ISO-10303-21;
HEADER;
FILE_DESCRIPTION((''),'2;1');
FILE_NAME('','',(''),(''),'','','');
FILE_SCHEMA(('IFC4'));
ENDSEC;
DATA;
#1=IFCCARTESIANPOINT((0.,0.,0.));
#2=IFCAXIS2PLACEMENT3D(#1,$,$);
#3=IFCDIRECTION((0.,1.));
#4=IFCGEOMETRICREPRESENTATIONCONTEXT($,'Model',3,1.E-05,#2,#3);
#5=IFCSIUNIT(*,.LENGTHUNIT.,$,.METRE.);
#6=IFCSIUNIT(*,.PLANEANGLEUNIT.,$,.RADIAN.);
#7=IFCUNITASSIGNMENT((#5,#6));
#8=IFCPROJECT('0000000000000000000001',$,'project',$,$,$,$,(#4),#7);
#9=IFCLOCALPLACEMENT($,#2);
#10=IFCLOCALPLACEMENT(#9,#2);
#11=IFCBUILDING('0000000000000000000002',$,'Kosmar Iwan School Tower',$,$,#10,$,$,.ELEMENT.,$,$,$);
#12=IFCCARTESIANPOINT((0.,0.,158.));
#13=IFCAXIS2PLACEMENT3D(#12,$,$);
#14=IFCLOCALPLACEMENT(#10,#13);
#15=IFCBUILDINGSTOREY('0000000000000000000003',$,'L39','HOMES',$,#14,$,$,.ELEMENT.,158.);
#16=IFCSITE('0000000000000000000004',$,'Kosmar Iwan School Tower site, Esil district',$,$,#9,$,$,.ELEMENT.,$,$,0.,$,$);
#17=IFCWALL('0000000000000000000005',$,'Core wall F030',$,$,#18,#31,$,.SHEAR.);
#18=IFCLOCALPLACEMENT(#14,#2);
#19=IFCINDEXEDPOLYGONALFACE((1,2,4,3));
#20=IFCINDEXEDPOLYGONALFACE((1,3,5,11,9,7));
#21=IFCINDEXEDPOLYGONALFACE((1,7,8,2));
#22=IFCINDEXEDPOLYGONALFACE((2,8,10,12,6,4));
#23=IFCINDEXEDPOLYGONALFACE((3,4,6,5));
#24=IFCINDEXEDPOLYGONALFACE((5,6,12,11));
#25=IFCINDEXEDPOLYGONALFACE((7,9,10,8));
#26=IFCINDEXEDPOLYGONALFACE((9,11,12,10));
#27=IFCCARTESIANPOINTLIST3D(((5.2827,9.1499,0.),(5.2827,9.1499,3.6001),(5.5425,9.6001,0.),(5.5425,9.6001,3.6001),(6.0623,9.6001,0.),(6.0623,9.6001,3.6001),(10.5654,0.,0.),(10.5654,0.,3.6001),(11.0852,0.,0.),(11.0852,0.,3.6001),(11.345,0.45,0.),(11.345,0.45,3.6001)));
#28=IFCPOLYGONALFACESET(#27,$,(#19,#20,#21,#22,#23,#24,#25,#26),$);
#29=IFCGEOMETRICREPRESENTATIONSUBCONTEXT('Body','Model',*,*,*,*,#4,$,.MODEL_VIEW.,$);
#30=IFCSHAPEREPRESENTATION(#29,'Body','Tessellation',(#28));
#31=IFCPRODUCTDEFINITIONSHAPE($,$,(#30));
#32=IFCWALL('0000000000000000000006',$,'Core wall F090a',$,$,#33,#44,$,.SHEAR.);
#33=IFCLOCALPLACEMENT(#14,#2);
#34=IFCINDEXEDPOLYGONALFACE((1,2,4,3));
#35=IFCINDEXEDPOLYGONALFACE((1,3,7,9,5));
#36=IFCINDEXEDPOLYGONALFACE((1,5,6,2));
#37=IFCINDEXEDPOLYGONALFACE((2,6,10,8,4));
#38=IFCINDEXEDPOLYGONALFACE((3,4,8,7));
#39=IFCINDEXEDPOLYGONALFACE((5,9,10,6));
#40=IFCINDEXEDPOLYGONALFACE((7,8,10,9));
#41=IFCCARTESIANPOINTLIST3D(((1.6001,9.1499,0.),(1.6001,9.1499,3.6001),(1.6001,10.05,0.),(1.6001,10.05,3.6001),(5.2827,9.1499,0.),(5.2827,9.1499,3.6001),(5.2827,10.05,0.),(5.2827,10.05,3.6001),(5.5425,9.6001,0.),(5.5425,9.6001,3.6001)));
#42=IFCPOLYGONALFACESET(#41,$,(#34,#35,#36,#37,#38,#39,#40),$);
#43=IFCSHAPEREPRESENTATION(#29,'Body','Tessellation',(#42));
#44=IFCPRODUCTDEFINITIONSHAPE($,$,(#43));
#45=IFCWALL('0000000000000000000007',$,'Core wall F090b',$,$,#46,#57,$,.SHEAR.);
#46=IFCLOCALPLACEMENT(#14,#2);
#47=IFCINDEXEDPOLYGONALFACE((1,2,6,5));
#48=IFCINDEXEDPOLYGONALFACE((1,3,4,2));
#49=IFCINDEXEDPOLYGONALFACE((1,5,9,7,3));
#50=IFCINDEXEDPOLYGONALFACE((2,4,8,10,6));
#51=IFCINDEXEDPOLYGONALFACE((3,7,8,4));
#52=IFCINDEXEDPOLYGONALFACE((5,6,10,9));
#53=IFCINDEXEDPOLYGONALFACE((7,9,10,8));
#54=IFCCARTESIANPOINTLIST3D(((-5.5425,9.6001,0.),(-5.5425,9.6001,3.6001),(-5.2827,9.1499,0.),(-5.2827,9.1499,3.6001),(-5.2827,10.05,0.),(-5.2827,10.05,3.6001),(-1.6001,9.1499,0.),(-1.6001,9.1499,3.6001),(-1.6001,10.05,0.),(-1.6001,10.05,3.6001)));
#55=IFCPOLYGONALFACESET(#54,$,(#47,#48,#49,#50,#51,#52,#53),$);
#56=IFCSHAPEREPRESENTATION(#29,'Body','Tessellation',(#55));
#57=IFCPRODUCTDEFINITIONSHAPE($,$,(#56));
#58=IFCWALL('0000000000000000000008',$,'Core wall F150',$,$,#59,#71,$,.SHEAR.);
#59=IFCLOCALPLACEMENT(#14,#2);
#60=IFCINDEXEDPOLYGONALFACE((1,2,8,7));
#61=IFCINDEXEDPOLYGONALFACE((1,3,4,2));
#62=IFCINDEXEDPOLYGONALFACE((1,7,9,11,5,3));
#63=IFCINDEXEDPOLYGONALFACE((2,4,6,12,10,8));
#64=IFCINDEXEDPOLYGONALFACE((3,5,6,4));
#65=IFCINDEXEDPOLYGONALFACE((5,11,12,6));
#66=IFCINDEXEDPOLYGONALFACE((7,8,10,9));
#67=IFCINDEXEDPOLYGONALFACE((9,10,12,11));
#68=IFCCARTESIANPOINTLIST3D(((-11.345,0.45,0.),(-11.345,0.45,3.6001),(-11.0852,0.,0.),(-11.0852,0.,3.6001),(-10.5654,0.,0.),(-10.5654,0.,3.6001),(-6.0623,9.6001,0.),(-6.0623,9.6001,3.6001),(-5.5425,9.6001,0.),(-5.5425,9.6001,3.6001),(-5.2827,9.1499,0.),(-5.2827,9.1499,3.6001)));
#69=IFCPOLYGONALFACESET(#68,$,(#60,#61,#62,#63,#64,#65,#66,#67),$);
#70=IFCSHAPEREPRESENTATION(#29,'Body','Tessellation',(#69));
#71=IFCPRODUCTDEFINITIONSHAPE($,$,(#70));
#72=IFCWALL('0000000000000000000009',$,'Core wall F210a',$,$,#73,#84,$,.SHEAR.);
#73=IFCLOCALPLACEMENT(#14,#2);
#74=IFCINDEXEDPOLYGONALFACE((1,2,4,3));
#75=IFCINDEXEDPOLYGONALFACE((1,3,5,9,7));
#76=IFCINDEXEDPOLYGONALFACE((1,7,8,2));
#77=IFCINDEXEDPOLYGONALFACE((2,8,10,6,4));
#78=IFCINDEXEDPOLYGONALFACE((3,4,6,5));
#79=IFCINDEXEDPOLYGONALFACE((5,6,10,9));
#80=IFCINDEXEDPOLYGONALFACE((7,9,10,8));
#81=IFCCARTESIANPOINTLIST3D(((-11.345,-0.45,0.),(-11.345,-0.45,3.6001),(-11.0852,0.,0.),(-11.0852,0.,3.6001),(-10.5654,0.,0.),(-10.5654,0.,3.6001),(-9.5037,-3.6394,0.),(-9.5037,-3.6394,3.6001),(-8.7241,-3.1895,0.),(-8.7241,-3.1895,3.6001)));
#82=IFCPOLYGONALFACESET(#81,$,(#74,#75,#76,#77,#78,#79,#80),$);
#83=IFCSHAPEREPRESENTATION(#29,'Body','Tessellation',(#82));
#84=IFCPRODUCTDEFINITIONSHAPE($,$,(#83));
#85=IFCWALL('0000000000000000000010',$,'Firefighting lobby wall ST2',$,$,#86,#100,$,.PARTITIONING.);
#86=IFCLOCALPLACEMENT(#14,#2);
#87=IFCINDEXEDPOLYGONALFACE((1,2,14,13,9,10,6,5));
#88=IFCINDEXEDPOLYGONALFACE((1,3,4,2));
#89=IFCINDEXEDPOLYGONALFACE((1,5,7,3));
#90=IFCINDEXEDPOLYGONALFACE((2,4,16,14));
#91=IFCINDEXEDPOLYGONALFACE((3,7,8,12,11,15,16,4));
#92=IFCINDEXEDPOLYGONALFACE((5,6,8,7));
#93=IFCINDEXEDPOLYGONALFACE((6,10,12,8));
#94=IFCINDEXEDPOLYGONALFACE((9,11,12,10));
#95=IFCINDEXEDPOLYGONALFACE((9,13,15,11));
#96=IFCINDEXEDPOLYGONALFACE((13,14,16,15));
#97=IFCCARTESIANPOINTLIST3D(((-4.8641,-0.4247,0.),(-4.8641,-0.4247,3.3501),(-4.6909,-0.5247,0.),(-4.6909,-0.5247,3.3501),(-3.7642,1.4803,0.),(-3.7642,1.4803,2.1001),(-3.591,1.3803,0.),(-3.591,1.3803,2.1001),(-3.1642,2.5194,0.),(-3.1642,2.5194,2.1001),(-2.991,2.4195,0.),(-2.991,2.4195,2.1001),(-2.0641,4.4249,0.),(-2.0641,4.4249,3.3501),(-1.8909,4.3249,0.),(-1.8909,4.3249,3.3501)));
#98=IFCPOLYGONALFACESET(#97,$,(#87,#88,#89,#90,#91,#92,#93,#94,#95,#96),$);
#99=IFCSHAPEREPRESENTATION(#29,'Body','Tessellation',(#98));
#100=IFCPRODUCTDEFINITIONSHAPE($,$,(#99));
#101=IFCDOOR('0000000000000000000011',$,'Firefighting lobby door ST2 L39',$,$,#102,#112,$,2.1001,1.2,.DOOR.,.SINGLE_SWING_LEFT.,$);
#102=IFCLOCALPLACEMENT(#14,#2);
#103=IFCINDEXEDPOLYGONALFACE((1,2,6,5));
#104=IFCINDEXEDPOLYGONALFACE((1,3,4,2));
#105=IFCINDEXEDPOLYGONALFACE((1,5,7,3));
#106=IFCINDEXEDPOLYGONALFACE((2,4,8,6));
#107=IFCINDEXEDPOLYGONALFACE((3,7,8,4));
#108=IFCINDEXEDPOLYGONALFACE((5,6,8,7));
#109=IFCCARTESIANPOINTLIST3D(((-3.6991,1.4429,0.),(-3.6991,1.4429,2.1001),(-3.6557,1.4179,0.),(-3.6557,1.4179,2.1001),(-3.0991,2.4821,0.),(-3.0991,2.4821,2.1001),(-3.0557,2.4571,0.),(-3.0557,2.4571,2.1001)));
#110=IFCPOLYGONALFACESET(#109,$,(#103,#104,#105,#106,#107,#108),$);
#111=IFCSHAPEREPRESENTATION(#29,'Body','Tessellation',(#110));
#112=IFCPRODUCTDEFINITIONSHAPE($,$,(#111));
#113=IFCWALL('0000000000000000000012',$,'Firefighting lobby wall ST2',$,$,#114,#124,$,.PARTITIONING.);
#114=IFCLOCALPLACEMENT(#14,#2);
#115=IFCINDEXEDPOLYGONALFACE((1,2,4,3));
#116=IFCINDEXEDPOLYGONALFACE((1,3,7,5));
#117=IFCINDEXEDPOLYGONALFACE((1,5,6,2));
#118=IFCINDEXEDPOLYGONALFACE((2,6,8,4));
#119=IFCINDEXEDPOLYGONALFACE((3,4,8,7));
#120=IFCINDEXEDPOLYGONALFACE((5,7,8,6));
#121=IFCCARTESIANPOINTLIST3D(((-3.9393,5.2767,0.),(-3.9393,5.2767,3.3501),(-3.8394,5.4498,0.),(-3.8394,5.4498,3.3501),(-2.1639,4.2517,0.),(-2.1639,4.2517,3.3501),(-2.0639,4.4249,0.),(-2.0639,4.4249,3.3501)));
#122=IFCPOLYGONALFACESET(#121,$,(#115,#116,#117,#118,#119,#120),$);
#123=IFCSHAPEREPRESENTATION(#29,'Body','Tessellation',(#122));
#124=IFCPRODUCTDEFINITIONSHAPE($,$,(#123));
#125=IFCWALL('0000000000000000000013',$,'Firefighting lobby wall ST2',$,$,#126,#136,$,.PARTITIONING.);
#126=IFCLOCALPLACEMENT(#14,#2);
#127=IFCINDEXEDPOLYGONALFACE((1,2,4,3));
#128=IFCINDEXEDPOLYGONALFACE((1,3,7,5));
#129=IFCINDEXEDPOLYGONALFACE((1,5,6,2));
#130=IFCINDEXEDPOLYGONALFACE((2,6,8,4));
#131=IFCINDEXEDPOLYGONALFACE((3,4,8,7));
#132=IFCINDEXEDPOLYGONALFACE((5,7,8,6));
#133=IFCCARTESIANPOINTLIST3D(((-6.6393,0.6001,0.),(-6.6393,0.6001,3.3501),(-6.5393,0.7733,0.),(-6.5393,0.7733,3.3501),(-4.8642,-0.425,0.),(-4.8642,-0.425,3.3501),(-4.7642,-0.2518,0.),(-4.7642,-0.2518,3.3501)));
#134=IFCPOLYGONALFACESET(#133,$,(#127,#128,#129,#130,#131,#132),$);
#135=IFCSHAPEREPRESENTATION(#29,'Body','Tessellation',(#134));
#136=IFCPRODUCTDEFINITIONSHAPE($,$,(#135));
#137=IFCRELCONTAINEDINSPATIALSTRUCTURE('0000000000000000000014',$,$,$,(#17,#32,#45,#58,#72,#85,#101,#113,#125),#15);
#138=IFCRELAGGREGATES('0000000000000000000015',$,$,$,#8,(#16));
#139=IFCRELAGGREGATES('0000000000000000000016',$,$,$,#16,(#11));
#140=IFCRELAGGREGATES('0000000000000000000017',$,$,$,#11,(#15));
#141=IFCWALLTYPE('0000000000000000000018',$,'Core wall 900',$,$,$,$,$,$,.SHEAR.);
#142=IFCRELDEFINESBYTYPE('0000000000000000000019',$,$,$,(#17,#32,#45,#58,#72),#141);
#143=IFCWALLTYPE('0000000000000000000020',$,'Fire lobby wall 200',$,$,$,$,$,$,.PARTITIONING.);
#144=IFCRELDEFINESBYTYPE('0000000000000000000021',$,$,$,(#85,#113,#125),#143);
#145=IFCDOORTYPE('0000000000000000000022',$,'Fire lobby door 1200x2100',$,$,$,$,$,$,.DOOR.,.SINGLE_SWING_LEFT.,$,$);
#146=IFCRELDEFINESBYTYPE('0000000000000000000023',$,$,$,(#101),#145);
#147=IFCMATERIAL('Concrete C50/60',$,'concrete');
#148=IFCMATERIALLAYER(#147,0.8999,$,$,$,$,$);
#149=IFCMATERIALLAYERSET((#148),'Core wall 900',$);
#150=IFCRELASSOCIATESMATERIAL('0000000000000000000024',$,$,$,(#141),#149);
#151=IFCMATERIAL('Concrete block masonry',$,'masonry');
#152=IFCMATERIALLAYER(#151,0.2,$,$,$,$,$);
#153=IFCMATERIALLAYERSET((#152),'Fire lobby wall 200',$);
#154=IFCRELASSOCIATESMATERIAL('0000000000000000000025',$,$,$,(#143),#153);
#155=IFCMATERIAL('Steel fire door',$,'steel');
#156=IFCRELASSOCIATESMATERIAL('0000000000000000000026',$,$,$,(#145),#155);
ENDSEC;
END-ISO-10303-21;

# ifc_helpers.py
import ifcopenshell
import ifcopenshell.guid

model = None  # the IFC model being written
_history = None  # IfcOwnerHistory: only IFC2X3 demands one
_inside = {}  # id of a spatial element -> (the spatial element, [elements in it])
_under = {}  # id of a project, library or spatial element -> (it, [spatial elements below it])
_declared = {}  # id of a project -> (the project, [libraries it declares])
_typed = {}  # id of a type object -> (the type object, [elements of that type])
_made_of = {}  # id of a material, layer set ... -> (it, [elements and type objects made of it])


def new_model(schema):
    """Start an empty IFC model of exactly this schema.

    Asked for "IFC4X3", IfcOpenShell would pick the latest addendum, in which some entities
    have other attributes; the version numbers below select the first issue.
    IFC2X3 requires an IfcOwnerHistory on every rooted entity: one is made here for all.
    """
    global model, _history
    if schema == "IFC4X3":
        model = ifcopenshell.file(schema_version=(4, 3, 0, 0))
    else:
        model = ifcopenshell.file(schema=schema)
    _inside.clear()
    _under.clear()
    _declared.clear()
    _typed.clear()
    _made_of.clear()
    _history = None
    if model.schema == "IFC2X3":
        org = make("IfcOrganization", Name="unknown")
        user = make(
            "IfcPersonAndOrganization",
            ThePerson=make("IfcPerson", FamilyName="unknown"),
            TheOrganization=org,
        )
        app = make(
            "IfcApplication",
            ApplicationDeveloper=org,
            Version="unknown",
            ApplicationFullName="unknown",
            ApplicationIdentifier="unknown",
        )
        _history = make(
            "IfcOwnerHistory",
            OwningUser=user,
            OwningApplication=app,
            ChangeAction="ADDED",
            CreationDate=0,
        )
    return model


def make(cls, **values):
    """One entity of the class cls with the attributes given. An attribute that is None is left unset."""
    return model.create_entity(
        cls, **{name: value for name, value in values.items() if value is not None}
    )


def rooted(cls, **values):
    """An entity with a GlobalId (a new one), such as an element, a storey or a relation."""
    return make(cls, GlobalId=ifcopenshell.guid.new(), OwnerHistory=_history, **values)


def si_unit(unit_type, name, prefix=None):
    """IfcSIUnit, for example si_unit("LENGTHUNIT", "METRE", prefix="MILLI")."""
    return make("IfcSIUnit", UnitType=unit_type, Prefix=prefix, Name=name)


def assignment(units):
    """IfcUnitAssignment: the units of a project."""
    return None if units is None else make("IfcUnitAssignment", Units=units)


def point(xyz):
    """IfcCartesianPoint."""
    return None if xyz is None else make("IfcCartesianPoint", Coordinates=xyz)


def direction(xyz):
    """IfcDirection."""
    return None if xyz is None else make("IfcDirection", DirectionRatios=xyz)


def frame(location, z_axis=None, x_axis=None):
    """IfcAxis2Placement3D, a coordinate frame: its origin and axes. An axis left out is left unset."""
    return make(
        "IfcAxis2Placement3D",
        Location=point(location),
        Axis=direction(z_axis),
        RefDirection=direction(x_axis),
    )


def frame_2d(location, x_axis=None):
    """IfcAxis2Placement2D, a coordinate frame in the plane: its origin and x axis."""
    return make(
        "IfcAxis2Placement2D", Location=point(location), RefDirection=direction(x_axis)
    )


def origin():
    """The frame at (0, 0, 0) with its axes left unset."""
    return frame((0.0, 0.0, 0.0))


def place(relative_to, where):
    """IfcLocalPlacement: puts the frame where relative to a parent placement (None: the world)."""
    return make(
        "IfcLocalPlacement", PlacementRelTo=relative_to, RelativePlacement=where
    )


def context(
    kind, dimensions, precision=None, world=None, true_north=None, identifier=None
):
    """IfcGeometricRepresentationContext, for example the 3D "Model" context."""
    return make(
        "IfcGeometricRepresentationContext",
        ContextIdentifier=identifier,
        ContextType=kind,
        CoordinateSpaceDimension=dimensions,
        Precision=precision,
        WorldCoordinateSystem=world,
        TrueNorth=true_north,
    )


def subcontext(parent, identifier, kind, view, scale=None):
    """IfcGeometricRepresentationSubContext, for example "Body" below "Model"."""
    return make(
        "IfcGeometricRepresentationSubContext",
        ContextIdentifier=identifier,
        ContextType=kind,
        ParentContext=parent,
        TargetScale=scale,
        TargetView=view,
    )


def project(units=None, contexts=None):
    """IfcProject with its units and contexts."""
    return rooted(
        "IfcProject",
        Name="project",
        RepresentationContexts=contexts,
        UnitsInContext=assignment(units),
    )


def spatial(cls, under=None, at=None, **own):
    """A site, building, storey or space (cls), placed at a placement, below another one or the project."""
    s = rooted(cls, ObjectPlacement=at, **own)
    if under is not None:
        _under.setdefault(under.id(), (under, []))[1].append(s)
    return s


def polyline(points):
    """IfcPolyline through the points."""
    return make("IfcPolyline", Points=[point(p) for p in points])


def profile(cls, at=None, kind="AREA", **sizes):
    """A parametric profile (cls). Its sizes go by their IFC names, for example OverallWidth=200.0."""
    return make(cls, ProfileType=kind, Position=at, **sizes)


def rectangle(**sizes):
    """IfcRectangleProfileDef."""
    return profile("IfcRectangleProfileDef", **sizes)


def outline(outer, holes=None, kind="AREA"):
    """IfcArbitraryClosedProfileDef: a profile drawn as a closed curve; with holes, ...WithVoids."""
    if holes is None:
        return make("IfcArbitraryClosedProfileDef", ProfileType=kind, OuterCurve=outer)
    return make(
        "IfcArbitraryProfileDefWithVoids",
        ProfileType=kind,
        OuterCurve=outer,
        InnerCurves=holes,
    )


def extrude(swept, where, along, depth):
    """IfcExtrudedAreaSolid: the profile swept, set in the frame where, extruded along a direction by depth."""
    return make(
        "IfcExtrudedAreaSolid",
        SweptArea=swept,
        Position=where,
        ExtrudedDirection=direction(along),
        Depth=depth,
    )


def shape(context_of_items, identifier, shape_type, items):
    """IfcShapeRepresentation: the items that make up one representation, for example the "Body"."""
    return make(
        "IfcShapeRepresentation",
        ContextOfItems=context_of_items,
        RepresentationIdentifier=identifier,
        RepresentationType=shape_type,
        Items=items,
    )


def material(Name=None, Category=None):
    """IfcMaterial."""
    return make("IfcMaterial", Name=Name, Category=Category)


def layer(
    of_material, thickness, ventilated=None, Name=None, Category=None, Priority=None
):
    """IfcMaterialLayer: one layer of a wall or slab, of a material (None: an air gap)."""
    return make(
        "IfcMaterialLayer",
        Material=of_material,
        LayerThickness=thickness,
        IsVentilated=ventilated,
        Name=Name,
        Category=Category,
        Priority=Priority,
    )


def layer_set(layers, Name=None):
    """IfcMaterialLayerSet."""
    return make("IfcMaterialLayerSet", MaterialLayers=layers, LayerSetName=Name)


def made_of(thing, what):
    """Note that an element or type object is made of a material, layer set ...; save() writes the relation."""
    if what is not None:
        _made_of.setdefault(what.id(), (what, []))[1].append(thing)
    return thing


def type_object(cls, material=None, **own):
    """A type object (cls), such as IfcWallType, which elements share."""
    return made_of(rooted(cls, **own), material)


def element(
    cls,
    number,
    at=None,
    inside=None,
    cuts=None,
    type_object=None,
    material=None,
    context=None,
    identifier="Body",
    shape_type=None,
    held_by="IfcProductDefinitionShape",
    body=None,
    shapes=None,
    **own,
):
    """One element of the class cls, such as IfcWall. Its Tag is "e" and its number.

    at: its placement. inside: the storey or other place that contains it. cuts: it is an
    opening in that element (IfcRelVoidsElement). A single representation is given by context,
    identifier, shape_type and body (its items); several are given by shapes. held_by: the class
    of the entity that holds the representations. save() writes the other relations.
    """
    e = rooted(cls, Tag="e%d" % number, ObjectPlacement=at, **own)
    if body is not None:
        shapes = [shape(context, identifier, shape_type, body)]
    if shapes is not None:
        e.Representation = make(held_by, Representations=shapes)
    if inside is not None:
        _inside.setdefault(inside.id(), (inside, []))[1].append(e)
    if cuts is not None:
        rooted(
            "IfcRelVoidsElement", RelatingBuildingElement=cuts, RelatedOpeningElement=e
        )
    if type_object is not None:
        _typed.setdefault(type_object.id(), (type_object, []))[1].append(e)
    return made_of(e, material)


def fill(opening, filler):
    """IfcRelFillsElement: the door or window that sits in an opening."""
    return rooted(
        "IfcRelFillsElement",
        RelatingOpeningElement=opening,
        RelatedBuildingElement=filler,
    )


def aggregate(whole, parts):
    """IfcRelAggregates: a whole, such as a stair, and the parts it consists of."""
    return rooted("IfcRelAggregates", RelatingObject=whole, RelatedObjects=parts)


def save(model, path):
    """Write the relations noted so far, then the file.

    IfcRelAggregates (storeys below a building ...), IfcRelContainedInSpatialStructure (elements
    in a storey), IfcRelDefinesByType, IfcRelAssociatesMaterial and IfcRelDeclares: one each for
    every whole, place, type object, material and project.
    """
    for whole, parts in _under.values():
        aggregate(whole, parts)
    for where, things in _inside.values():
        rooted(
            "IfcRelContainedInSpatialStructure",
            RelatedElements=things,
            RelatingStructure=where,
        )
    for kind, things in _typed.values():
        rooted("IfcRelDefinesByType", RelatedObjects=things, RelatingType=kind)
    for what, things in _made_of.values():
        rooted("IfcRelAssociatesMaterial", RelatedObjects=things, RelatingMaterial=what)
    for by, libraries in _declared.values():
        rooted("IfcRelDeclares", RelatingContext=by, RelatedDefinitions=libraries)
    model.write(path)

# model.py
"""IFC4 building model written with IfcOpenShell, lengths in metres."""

from ifc_helpers import new_model, si_unit, direction, frame, frame_2d, origin, place, context, subcontext, project, spatial, polyline, rectangle, outline, extrude, material, layer, layer_set, type_object, element, fill, save


model = new_model("IFC4")

# Units and contexts
model_context = context("Model", 3, precision=1e-05, world=origin(), true_north=direction((0.0, 1.0)))
body_context = subcontext(model_context, "Body", "Model", "MODEL_VIEW")
ifc_project = project(units=[si_unit("LENGTHUNIT", "METRE"), si_unit("PLANEANGLEUNIT", "RADIAN")], contexts=[model_context])

# Site, building, storey
site_placement = place(None, origin())
site = spatial("IfcSite", under=ifc_project, at=site_placement, Name="Kosmar Iwan School Tower site, Esil district", CompositionType="ELEMENT", RefElevation=0.0)
building_placement = place(site_placement, origin())
building = spatial("IfcBuilding", under=site, at=building_placement, Name="Kosmar Iwan School Tower", CompositionType="ELEMENT")
storey_placement = place(building_placement, frame((0.0, 0.0, 158.0)))
storey = spatial("IfcBuildingStorey", under=building, at=storey_placement, Name="L39", Description="HOMES", CompositionType="ELEMENT", Elevation=158.0)

# Walls
ifc_material_1 = material(Name="Concrete C50/60", Category="concrete")
ifc_layer_1 = layer(ifc_material_1, 0.8999)
ifc_layer_set_1 = layer_set([ifc_layer_1], Name="Core wall 900")
wall_type_1 = type_object("IfcWallType", Name="Core wall 900", PredefinedType="SHEAR", material=ifc_layer_set_1)
wall_1_placement = place(storey_placement, origin())
element("IfcWall", 1, at=wall_1_placement, inside=storey, type_object=wall_type_1, Name="Core wall F030", PredefinedType="SHEAR", context=body_context, shape_type="SweptSolid", body=[
    extrude(outline(polyline([(10.5654, 0.0), (11.0852, 0.0), (11.345, 0.45), (6.0623, 9.6001), (5.5425, 9.6001), (5.2827, 9.1499), (10.5654, 0.0)])), origin(), (0.0, 0.0, 1.0), 3.6001),
])
wall_2_placement = place(storey_placement, origin())
element("IfcWall", 2, at=wall_2_placement, inside=storey, type_object=wall_type_1, Name="Core wall F090a", PredefinedType="SHEAR", context=body_context, shape_type="SweptSolid", body=[
    extrude(outline(polyline([(1.6001, 9.1499), (5.2827, 9.1499), (5.5425, 9.6001), (5.2827, 10.05), (1.6001, 10.05), (1.6001, 9.1499)])), origin(), (0.0, 0.0, 1.0), 3.6001),
])
wall_3_placement = place(storey_placement, origin())
element("IfcWall", 3, at=wall_3_placement, inside=storey, type_object=wall_type_1, Name="Core wall F090b", PredefinedType="SHEAR", context=body_context, shape_type="SweptSolid", body=[
    extrude(outline(polyline([(-5.2827, 9.1499), (-1.6001, 9.1499), (-1.6001, 10.05), (-5.2827, 10.05), (-5.5425, 9.6001), (-5.2827, 9.1499)])), origin(), (0.0, 0.0, 1.0), 3.6001),
])
wall_4_placement = place(storey_placement, origin())
element("IfcWall", 4, at=wall_4_placement, inside=storey, type_object=wall_type_1, Name="Core wall F150", PredefinedType="SHEAR", context=body_context, shape_type="SweptSolid", body=[
    extrude(outline(polyline([(-11.0852, 0.0), (-10.5654, 0.0), (-5.2827, 9.1499), (-5.5425, 9.6001), (-6.0623, 9.6001), (-11.345, 0.45), (-11.0852, 0.0)])), origin(), (0.0, 0.0, 1.0), 3.6001),
])
wall_5_placement = place(storey_placement, origin())
element("IfcWall", 5, at=wall_5_placement, inside=storey, type_object=wall_type_1, Name="Core wall F210a", PredefinedType="SHEAR", context=body_context, shape_type="SweptSolid", body=[
    extrude(outline(polyline([(-9.5037, -3.6394), (-8.7241, -3.1895), (-10.5654, 0.0), (-11.0852, 0.0), (-11.345, -0.45), (-9.5037, -3.6394)])), origin(), (0.0, 0.0, 1.0), 3.6001),
])

# Wall, opening, door
ifc_material_2 = material(Name="Concrete block masonry", Category="masonry")
ifc_layer_2 = layer(ifc_material_2, 0.2)
ifc_layer_set_2 = layer_set([ifc_layer_2], Name="Fire lobby wall 200")
wall_type_2 = type_object("IfcWallType", Name="Fire lobby wall 200", PredefinedType="PARTITIONING", material=ifc_layer_set_2)
wall_6_placement = place(storey_placement, frame((-1.9775, 4.3748, 0.0), z_axis=(0.0, 0.0, 1.0), x_axis=(-0.500017, -0.866016, 0.0)))
wall_6 = element("IfcWall", 6, at=wall_6_placement, inside=storey, type_object=wall_type_2, Name="Firefighting lobby wall ST2", PredefinedType="PARTITIONING", context=body_context, shape_type="SweptSolid", body=[
    extrude(rectangle(XDim=5.5999, YDim=0.2, at=frame_2d((2.7998, 0.0))), origin(), (0.0, 0.0, 1.0), 3.3501),
])
opening_1_placement = place(wall_6_placement, frame((2.2, 0.0, 0.0)))
opening_1 = element("IfcOpeningElement", 7, at=opening_1_placement, cuts=wall_6, PredefinedType="OPENING", context=body_context, shape_type="SweptSolid", body=[
    extrude(rectangle(XDim=1.2, YDim=2.1001, at=frame_2d((0.6001, 1.05))), frame((0.0, 0.1121, 0.0), z_axis=(0.0, -1.0, 0.0), x_axis=(1.0, 0.0, 0.0)), (0.0, 0.0, 1.0), 0.2239),
])
ifc_material_3 = material(Name="Steel fire door", Category="steel")
door_type_1 = type_object("IfcDoorType", Name="Fire lobby door 1200x2100", OperationType="SINGLE_SWING_LEFT", PredefinedType="DOOR", material=ifc_material_3)
door_1_placement = place(opening_1_placement, frame((1.2, 0.0, 0.0), z_axis=(0.0, 0.0, 1.0), x_axis=(-1.0, 0.0, 0.0)))
door_1 = element("IfcDoor", 8, at=door_1_placement, inside=storey, type_object=door_type_1, Name="Firefighting lobby door ST2 L39", OperationType="SINGLE_SWING_LEFT", OverallHeight=2.1001, OverallWidth=1.2, PredefinedType="DOOR", context=body_context, shape_type="SweptSolid", body=[
    extrude(rectangle(XDim=1.2, YDim=2.1001, at=frame_2d((0.6001, 1.05))), frame((0.0, 0.0249, 0.0), z_axis=(0.0, -1.0, 0.0), x_axis=(1.0, 0.0, 0.0)), (0.0, 0.0, 1.0), 0.05),
])
fill(opening_1, door_1)

# Walls
wall_7_placement = place(storey_placement, frame((-2.114, 4.3384, 0.0), z_axis=(0.0, 0.0, 1.0), x_axis=(-0.866051, 0.499956, 0.0)))
element("IfcWall", 9, at=wall_7_placement, inside=storey, type_object=wall_type_2, Name="Firefighting lobby wall ST2", PredefinedType="PARTITIONING", context=body_context, shape_type="SweptSolid", body=[
    extrude(rectangle(XDim=2.05, YDim=0.2, at=frame_2d((1.0249, 0.0))), origin(), (0.0, 0.0, 1.0), 3.3501),
])
wall_8_placement = place(storey_placement, frame((-4.8142, -0.3384, 0.0), z_axis=(0.0, 0.0, 1.0), x_axis=(-0.865969, 0.500097, 0.0)))
element("IfcWall", 10, at=wall_8_placement, inside=storey, type_object=wall_type_2, Name="Firefighting lobby wall ST2", PredefinedType="PARTITIONING", context=body_context, shape_type="SweptSolid", body=[
    extrude(rectangle(XDim=2.0498, YDim=0.2, at=frame_2d((1.0249, 0.0))), origin(), (0.0, 0.0, 1.0), 3.3501),
])

save(model, "model.ifc")
